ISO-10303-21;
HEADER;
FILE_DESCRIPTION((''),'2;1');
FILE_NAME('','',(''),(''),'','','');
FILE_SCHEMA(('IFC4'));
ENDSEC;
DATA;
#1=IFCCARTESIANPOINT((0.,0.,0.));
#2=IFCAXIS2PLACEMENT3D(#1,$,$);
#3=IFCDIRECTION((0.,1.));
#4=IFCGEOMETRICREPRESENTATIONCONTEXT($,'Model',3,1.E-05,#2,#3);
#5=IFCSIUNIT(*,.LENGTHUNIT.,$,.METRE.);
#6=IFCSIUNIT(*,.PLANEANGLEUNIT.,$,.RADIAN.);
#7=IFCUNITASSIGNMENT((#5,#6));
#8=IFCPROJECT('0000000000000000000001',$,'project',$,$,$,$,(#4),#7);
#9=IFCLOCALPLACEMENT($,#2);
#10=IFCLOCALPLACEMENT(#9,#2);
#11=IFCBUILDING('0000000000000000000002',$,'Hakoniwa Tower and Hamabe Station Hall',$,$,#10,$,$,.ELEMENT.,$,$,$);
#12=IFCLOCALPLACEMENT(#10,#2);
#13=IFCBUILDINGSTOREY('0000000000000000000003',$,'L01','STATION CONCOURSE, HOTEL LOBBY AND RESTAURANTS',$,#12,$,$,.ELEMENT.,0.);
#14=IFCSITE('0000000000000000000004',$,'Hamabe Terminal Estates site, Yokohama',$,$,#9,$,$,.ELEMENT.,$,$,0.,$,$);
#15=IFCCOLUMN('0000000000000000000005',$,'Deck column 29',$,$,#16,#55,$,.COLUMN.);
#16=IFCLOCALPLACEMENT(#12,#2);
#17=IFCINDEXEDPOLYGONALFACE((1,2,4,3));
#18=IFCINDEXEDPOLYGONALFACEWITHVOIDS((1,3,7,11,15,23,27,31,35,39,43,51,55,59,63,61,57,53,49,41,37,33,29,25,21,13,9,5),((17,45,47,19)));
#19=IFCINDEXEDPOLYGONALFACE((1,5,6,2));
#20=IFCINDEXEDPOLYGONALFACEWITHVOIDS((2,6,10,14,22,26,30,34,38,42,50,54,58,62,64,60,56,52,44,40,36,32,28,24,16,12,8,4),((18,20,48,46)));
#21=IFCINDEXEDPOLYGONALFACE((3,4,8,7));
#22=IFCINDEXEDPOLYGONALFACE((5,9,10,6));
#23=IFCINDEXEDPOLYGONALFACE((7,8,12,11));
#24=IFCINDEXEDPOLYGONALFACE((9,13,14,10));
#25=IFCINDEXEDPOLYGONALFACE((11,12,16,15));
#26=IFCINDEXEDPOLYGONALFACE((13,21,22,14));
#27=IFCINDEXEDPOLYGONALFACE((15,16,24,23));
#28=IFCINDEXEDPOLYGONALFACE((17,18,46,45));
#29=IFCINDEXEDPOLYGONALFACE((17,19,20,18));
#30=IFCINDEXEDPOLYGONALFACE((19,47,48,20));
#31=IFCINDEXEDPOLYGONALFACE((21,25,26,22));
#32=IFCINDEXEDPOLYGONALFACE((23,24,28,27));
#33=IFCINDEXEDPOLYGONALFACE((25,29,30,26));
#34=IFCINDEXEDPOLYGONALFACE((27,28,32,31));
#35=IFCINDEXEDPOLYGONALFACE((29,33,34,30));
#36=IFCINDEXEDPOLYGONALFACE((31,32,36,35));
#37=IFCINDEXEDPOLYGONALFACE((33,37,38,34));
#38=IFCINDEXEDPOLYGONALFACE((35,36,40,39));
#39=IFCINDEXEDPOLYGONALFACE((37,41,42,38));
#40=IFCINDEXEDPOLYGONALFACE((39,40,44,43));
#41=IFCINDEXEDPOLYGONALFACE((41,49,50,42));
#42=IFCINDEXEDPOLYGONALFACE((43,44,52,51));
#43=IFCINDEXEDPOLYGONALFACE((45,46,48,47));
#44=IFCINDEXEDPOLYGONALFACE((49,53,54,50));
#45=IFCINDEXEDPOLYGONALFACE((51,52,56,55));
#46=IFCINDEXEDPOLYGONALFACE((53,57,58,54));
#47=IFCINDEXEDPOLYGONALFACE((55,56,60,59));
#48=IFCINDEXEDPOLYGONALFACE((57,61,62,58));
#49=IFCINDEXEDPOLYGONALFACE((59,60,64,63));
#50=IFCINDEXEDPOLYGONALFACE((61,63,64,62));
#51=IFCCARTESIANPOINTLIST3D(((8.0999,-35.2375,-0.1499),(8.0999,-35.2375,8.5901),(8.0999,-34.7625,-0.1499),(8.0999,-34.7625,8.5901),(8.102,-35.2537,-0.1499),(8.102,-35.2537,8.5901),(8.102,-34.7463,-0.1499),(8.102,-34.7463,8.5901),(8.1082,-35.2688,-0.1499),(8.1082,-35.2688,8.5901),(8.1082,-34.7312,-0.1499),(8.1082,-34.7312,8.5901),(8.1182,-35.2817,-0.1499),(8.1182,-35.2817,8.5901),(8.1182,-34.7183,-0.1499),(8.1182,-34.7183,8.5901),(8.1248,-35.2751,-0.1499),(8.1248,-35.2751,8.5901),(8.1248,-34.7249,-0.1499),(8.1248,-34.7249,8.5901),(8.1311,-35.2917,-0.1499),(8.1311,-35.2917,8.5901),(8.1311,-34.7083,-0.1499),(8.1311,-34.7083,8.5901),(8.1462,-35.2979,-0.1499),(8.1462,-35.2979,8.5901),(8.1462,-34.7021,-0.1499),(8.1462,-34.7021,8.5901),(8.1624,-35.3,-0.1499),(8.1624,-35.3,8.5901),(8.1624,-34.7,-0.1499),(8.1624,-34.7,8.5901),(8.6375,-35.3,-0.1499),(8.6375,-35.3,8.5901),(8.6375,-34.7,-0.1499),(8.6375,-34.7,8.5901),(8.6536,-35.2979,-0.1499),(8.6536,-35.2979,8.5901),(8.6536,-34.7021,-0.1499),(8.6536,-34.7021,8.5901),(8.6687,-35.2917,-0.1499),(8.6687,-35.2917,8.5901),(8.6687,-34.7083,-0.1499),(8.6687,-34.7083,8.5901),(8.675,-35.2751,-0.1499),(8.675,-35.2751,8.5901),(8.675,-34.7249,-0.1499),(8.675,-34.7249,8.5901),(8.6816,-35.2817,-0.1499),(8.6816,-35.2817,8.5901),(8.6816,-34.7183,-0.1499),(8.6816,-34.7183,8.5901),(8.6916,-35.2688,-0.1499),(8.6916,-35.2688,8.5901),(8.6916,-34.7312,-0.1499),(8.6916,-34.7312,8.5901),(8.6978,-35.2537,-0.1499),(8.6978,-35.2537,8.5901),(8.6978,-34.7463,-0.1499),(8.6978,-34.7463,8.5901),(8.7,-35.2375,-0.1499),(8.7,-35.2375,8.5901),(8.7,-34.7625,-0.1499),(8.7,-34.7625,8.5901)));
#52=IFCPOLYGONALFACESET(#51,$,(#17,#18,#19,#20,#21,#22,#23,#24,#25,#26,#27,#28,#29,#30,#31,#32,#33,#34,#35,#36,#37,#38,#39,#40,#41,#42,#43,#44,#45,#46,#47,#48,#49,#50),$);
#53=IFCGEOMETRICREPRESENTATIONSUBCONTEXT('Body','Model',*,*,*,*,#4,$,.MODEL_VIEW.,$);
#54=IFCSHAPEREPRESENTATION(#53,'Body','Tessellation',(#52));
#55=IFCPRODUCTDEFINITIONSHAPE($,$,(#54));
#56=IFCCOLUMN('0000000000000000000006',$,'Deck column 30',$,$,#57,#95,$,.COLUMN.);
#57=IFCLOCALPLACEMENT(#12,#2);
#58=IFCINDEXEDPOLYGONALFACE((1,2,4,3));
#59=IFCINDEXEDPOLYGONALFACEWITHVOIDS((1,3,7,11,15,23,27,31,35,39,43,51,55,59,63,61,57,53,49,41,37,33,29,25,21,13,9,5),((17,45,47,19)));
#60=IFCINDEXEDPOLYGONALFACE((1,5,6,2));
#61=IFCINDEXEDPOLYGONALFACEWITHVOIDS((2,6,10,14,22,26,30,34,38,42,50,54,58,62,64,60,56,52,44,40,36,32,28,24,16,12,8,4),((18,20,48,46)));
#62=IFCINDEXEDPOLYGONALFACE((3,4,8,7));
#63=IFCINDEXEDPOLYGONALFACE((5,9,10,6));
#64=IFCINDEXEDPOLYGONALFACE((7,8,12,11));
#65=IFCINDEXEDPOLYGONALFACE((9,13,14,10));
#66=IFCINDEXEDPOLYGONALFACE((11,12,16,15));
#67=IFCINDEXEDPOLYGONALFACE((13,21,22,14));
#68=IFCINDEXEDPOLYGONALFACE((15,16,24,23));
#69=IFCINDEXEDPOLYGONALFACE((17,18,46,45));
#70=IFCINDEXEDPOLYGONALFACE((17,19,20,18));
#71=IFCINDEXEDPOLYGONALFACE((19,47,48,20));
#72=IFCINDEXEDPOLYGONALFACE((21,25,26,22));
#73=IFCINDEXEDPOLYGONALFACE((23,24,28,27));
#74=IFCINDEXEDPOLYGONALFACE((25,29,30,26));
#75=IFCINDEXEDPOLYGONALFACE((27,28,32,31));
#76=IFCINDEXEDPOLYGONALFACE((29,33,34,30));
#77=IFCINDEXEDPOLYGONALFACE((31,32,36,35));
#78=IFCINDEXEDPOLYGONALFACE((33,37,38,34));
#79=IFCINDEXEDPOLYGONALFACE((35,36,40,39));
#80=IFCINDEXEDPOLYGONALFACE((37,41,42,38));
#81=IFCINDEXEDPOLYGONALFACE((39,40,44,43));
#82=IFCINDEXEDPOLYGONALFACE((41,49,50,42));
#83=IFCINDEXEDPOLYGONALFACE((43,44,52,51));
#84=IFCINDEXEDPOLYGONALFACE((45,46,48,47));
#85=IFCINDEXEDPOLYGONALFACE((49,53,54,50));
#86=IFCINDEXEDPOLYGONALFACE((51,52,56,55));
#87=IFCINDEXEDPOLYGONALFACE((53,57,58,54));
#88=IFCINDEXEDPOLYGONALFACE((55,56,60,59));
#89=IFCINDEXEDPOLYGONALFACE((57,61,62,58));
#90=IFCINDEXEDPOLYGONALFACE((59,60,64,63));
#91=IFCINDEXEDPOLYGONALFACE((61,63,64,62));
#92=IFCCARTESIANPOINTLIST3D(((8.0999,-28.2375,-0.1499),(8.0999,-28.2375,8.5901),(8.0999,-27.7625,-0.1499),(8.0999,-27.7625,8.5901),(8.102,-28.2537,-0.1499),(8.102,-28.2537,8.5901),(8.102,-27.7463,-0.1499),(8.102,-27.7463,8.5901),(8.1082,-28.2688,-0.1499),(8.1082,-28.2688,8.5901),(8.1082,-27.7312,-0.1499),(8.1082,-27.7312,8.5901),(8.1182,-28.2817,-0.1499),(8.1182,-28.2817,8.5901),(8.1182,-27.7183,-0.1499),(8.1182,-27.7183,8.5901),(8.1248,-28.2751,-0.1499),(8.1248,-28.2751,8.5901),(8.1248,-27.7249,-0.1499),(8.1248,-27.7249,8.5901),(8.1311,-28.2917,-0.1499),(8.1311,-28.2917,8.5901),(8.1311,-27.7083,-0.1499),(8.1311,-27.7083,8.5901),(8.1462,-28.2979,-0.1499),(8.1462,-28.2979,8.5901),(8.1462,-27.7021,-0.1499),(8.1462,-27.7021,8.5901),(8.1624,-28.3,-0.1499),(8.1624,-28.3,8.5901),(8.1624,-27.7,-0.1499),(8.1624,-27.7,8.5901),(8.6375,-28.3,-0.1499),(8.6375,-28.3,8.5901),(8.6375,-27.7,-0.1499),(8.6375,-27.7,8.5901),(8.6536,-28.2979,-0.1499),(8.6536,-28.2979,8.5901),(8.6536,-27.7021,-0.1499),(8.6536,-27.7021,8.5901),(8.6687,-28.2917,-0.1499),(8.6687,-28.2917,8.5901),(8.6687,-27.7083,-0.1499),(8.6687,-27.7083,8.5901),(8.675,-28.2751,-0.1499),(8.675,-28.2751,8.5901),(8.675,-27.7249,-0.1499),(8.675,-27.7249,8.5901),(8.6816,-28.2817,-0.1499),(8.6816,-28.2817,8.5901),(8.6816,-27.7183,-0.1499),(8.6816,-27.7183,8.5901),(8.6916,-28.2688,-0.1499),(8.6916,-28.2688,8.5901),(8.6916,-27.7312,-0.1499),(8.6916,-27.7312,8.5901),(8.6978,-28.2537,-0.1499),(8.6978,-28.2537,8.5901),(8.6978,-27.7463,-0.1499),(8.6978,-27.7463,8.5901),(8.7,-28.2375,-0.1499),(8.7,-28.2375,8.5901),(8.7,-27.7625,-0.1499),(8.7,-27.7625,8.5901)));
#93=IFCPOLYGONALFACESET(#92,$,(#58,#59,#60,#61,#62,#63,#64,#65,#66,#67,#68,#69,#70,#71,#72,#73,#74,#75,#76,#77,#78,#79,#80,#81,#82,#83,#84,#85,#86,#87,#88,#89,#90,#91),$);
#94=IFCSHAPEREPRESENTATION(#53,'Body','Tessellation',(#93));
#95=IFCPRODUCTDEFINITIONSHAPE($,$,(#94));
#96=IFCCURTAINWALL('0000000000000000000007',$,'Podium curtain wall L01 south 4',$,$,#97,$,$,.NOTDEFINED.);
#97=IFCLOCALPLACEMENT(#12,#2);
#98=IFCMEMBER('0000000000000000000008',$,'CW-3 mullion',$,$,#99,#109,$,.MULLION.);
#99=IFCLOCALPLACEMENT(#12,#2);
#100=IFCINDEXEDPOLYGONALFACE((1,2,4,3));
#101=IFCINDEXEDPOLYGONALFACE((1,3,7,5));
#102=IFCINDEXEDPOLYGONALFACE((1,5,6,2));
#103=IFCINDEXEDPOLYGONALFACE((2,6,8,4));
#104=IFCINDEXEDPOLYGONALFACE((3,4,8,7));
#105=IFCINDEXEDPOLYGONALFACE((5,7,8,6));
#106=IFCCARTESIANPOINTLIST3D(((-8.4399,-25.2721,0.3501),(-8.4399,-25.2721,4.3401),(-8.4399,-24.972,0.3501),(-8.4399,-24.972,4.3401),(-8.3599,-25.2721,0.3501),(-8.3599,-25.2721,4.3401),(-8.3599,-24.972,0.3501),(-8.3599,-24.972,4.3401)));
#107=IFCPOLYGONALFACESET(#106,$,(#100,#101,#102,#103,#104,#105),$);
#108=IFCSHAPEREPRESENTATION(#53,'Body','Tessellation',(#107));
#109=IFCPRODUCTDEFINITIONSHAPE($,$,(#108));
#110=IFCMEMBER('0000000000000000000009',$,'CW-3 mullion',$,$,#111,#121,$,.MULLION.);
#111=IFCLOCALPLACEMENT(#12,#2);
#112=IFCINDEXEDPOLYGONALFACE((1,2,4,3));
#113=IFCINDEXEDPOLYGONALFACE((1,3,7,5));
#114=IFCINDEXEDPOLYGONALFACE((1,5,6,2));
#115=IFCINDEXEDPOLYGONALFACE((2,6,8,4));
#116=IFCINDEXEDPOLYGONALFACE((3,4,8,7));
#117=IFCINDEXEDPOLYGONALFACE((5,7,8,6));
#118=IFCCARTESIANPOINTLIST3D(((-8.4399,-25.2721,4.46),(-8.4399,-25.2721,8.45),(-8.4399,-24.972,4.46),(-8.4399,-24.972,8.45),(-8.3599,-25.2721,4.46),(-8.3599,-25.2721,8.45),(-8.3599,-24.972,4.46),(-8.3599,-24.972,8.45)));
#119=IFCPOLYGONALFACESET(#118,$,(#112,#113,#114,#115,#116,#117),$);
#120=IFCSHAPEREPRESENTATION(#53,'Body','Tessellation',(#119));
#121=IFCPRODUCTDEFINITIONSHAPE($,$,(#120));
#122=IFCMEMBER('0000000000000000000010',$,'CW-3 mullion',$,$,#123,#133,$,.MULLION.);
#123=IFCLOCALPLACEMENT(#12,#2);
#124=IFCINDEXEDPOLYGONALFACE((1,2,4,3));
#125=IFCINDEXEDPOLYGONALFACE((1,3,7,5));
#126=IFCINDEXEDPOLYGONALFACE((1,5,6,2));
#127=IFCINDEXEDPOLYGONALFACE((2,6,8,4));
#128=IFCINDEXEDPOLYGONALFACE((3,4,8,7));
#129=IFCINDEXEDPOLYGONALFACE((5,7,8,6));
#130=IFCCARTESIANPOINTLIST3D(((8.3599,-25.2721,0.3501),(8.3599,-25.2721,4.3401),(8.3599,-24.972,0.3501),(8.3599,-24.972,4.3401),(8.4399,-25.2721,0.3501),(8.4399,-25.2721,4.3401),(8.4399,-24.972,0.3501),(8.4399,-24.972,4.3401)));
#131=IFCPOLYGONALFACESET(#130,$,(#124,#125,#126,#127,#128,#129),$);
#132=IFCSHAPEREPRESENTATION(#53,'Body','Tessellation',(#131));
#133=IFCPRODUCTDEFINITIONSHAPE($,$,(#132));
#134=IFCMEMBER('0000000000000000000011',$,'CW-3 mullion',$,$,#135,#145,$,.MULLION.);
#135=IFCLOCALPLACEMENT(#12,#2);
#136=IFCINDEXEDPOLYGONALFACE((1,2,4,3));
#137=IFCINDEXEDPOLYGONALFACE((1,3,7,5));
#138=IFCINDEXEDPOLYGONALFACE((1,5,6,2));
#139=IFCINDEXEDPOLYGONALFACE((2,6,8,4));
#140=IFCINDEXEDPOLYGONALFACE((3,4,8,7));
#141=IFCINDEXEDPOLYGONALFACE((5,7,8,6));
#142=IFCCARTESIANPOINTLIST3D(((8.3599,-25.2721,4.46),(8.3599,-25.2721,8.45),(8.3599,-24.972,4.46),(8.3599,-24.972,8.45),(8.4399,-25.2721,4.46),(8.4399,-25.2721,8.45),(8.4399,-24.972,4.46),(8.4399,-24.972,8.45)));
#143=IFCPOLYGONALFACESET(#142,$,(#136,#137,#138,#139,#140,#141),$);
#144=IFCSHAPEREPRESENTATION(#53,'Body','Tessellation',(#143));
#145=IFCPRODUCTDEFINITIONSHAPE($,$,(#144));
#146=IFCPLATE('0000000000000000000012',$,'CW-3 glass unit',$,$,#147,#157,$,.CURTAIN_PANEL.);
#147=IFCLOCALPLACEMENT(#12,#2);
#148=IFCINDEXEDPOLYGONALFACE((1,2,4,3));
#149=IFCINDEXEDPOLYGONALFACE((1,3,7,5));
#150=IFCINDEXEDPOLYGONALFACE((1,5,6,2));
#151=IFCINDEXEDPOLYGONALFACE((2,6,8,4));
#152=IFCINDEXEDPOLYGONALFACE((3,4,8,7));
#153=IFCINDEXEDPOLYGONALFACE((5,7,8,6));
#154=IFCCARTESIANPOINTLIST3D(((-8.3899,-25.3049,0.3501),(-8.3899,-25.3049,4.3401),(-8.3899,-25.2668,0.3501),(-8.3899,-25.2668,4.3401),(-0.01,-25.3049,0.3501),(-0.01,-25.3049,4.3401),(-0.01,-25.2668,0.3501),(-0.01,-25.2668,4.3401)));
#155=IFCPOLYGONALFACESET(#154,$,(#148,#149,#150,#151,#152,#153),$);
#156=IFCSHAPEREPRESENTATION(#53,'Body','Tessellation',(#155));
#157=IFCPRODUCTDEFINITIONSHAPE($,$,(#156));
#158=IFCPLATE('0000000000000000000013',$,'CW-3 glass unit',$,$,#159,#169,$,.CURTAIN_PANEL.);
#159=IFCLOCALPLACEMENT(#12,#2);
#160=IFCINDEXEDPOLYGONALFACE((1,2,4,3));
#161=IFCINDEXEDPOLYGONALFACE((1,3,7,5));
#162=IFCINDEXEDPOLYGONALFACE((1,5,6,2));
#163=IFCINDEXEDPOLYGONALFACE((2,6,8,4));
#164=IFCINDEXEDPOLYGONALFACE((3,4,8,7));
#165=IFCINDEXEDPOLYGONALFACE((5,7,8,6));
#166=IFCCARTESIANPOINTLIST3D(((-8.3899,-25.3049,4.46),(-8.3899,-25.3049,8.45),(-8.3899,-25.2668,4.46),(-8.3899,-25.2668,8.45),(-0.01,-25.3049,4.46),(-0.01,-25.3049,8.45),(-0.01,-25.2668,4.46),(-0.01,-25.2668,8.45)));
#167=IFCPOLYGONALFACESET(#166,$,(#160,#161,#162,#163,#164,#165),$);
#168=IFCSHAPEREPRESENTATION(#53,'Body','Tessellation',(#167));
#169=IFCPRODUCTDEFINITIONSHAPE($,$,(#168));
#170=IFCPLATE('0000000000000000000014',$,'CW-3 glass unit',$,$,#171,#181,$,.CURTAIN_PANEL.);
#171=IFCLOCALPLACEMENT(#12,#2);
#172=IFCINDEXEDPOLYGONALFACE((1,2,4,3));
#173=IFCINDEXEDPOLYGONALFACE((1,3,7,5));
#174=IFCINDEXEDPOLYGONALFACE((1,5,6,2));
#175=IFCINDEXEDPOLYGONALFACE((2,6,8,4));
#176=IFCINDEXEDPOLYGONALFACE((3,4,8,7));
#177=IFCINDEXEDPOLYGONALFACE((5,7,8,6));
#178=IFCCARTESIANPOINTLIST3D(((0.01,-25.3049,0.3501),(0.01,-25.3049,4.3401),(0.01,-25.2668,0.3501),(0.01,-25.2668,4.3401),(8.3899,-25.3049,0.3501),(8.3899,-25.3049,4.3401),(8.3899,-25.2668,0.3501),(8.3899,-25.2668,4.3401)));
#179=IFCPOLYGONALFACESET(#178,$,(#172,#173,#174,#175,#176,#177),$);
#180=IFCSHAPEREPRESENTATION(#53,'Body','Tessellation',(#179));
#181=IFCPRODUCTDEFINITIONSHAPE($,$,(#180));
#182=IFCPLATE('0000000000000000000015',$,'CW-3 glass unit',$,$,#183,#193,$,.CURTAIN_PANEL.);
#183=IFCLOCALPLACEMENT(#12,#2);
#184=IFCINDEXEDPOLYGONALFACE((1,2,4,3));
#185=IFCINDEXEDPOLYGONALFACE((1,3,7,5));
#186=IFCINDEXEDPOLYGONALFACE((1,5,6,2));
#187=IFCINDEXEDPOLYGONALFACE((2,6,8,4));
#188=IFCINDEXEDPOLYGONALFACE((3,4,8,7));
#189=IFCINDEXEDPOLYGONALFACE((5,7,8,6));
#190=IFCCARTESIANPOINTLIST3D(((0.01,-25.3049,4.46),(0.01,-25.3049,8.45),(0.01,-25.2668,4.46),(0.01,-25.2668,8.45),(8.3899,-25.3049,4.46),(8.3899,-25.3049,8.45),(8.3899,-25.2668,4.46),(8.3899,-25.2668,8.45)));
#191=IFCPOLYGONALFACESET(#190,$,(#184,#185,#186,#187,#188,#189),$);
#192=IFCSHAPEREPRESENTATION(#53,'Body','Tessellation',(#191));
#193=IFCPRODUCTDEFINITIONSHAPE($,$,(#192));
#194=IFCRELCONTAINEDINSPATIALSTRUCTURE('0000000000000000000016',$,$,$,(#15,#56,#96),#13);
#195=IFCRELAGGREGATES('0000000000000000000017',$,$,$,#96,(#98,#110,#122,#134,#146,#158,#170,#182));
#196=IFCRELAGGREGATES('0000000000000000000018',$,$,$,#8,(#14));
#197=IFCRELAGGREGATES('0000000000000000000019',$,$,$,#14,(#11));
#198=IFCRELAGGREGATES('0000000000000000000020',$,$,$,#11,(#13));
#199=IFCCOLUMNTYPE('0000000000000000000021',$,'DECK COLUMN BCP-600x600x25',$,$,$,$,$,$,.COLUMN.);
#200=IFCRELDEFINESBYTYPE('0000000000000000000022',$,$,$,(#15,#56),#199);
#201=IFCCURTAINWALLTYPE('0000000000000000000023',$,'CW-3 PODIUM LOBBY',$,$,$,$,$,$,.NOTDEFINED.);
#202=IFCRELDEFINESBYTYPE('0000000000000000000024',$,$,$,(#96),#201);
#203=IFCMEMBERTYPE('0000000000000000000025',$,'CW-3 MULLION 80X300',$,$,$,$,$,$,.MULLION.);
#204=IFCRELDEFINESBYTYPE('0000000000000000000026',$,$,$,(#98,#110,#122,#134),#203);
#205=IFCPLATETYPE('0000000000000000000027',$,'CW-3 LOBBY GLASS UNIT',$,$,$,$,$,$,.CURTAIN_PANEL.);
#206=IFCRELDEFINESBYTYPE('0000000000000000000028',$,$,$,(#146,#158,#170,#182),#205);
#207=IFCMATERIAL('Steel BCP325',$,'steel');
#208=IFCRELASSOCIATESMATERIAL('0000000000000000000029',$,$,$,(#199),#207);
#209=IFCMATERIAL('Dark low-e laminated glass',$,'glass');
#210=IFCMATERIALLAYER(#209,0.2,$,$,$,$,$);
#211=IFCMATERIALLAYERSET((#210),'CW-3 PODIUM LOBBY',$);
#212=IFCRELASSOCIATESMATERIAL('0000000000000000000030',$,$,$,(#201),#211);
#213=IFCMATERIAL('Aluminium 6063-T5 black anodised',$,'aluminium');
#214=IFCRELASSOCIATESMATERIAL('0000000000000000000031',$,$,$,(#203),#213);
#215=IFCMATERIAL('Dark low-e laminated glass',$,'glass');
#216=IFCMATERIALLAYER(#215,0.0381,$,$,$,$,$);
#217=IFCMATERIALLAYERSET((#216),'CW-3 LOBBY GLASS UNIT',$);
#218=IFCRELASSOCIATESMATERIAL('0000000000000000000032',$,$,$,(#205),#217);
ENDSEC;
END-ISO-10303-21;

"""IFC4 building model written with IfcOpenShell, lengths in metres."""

from ifc_helpers import new_model, si_unit, direction, frame, origin, origin_2d, place, context, subcontext, project, spatial, rectangle, hollow_rectangle, extrude, material, layer, layer_set, material_profile, profile_set, type_object, element, aggregate, save


model = new_model("IFC4")

# Units and contexts
model_context = context("Model", 3, precision=1e-05, world=origin(), true_north=direction((0.0, 1.0)))
body_context = subcontext(model_context, "Body", "Model", "MODEL_VIEW")
ifc_project = project(units=[si_unit("LENGTHUNIT", "METRE"), si_unit("PLANEANGLEUNIT", "RADIAN")], contexts=[model_context])

# Site, building, storey
site_placement = place(None, origin())
site = spatial("IfcSite", under=ifc_project, at=site_placement, Name="Hamabe Terminal Estates site, Yokohama", CompositionType="ELEMENT", RefElevation=0.0)
building_placement = place(site_placement, origin())
building = spatial("IfcBuilding", under=site, at=building_placement, Name="Hakoniwa Tower and Hamabe Station Hall", CompositionType="ELEMENT")
storey_placement = place(building_placement, origin())
storey = spatial("IfcBuildingStorey", under=building, at=storey_placement, Name="L01", Description="STATION CONCOURSE, HOTEL LOBBY AND RESTAURANTS", CompositionType="ELEMENT", Elevation=0.0)

# Columns
ifc_material_1 = material(Name="Steel BCP325", Category="steel")
ifc_material_profile_1 = material_profile(ifc_material_1, hollow_rectangle(XDim=0.6001, YDim=0.6001, WallThickness=0.0249, OuterFilletRadius=0.0625, at=origin_2d()), Name="DECK COLUMN BCP-600x600x25")
ifc_profile_set_1 = profile_set([ifc_material_profile_1], Name="Steel BCP325")
column_type = type_object("IfcColumnType", Name="DECK COLUMN BCP-600x600x25", PredefinedType="COLUMN", material=ifc_profile_set_1)
for number, where, z_axis, x_axis, name in (
    (1, (8.3999, -35.0, -0.1499), (0.0, 0.0, 1.0), (1.0, 0.0, 0.0), "Deck column 29"),
    (2, (8.3999, -28.0, -0.1499), (0.0, 0.0, 1.0), (1.0, 0.0, 0.0), "Deck column 30"),
):
    element("IfcColumn", number, at=place(storey_placement, frame(where, z_axis=z_axis, x_axis=x_axis)), inside=storey, type_object=column_type, Name=name, PredefinedType="COLUMN", context=body_context, shape_type="SweptSolid", body=[
        extrude(hollow_rectangle(XDim=0.6001, YDim=0.6001, WallThickness=0.0249, OuterFilletRadius=0.0625, at=origin_2d()), origin(), (0.0, 0.0, 1.0), 8.74),
    ])

# Curtain wall, members, plates
ifc_material_2 = material(Name="Dark low-e laminated glass", Category="glass")
ifc_layer_1 = layer(ifc_material_2, 0.2)
ifc_layer_set_1 = layer_set([ifc_layer_1], Name="CW-3 PODIUM LOBBY")
curtain_wall_type = type_object("IfcCurtainWallType", Name="CW-3 PODIUM LOBBY", PredefinedType="NOTDEFINED", material=ifc_layer_set_1)
curtain_wall_placement = place(storey_placement, origin())
curtain_wall = element("IfcCurtainWall", 3, at=curtain_wall_placement, inside=storey, type_object=curtain_wall_type, Name="Podium curtain wall L01 south 4", PredefinedType="NOTDEFINED")
ifc_material_3 = material(Name="Aluminium 6063-T5 black anodised", Category="aluminium")
ifc_material_profile_2 = material_profile(ifc_material_3, rectangle(XDim=0.0801, YDim=0.3, at=origin_2d()), Name="CW-3 MULLION 80X300")
ifc_profile_set_2 = profile_set([ifc_material_profile_2], Name="Aluminium 6063-T5 black anodised")
member_type = type_object("IfcMemberType", Name="CW-3 MULLION 80X300", PredefinedType="MULLION", material=ifc_profile_set_2)
member_1_placement = place(storey_placement, frame((-8.3999, -25.1221, 0.3501), z_axis=(0.0, 0.0, 1.0), x_axis=(1.0, 0.0, 0.0)))
member_1 = element("IfcMember", 4, at=member_1_placement, type_object=member_type, Name="CW-3 mullion", PredefinedType="MULLION", context=body_context, shape_type="SweptSolid", body=[
    extrude(rectangle(XDim=0.0801, YDim=0.3, at=origin_2d()), origin(), (0.0, 0.0, 1.0), 3.99),
])
member_2_placement = place(storey_placement, frame((-8.3999, -25.1221, 4.46), z_axis=(0.0, 0.0, 1.0), x_axis=(1.0, 0.0, 0.0)))
member_2 = element("IfcMember", 5, at=member_2_placement, type_object=member_type, Name="CW-3 mullion", PredefinedType="MULLION", context=body_context, shape_type="SweptSolid", body=[
    extrude(rectangle(XDim=0.0801, YDim=0.3, at=origin_2d()), origin(), (0.0, 0.0, 1.0), 3.99),
])
member_3_placement = place(storey_placement, frame((8.3999, -25.1221, 0.3501), z_axis=(0.0, 0.0, 1.0), x_axis=(1.0, 0.0, 0.0)))
member_3 = element("IfcMember", 6, at=member_3_placement, type_object=member_type, Name="CW-3 mullion", PredefinedType="MULLION", context=body_context, shape_type="SweptSolid", body=[
    extrude(rectangle(XDim=0.0801, YDim=0.3, at=origin_2d()), origin(), (0.0, 0.0, 1.0), 3.99),
])
member_4_placement = place(storey_placement, frame((8.3999, -25.1221, 4.46), z_axis=(0.0, 0.0, 1.0), x_axis=(1.0, 0.0, 0.0)))
member_4 = element("IfcMember", 7, at=member_4_placement, type_object=member_type, Name="CW-3 mullion", PredefinedType="MULLION", context=body_context, shape_type="SweptSolid", body=[
    extrude(rectangle(XDim=0.0801, YDim=0.3, at=origin_2d()), origin(), (0.0, 0.0, 1.0), 3.99),
])
ifc_material_4 = material(Name="Dark low-e laminated glass", Category="glass")
ifc_layer_2 = layer(ifc_material_4, 0.0381)
ifc_layer_set_2 = layer_set([ifc_layer_2], Name="CW-3 LOBBY GLASS UNIT")
plate_type = type_object("IfcPlateType", Name="CW-3 LOBBY GLASS UNIT", PredefinedType="CURTAIN_PANEL", material=ifc_layer_set_2)
plate_1_placement = place(storey_placement, frame((-4.2, -25.2859, 0.3501), z_axis=(0.0, 0.0, 1.0), x_axis=(1.0, 0.0, 0.0)))
plate_1 = element("IfcPlate", 8, at=plate_1_placement, type_object=plate_type, Name="CW-3 glass unit", PredefinedType="CURTAIN_PANEL", context=body_context, shape_type="SweptSolid", body=[
    extrude(rectangle(XDim=8.3799, YDim=0.0381, at=origin_2d()), origin(), (0.0, 0.0, 1.0), 3.99),
])
plate_2_placement = place(storey_placement, frame((-4.2, -25.2859, 4.46), z_axis=(0.0, 0.0, 1.0), x_axis=(1.0, 0.0, 0.0)))
plate_2 = element("IfcPlate", 9, at=plate_2_placement, type_object=plate_type, Name="CW-3 glass unit", PredefinedType="CURTAIN_PANEL", context=body_context, shape_type="SweptSolid", body=[
    extrude(rectangle(XDim=8.3799, YDim=0.0381, at=origin_2d()), origin(), (0.0, 0.0, 1.0), 3.99),
])
plate_3_placement = place(storey_placement, frame((4.2, -25.2859, 0.3501), z_axis=(0.0, 0.0, 1.0), x_axis=(1.0, 0.0, 0.0)))
plate_3 = element("IfcPlate", 10, at=plate_3_placement, type_object=plate_type, Name="CW-3 glass unit", PredefinedType="CURTAIN_PANEL", context=body_context, shape_type="SweptSolid", body=[
    extrude(rectangle(XDim=8.3799, YDim=0.0381, at=origin_2d()), origin(), (0.0, 0.0, 1.0), 3.99),
])
plate_4_placement = place(storey_placement, frame((4.2, -25.2859, 4.46), z_axis=(0.0, 0.0, 1.0), x_axis=(1.0, 0.0, 0.0)))
plate_4 = element("IfcPlate", 11, at=plate_4_placement, type_object=plate_type, Name="CW-3 glass unit", PredefinedType="CURTAIN_PANEL", context=body_context, shape_type="SweptSolid", body=[
    extrude(rectangle(XDim=8.3799, YDim=0.0381, at=origin_2d()), origin(), (0.0, 0.0, 1.0), 3.99),
])
aggregate(curtain_wall, [member_1, member_2, member_3, member_4, plate_1, plate_2, plate_3, plate_4])

save(model, "model.ifc")
